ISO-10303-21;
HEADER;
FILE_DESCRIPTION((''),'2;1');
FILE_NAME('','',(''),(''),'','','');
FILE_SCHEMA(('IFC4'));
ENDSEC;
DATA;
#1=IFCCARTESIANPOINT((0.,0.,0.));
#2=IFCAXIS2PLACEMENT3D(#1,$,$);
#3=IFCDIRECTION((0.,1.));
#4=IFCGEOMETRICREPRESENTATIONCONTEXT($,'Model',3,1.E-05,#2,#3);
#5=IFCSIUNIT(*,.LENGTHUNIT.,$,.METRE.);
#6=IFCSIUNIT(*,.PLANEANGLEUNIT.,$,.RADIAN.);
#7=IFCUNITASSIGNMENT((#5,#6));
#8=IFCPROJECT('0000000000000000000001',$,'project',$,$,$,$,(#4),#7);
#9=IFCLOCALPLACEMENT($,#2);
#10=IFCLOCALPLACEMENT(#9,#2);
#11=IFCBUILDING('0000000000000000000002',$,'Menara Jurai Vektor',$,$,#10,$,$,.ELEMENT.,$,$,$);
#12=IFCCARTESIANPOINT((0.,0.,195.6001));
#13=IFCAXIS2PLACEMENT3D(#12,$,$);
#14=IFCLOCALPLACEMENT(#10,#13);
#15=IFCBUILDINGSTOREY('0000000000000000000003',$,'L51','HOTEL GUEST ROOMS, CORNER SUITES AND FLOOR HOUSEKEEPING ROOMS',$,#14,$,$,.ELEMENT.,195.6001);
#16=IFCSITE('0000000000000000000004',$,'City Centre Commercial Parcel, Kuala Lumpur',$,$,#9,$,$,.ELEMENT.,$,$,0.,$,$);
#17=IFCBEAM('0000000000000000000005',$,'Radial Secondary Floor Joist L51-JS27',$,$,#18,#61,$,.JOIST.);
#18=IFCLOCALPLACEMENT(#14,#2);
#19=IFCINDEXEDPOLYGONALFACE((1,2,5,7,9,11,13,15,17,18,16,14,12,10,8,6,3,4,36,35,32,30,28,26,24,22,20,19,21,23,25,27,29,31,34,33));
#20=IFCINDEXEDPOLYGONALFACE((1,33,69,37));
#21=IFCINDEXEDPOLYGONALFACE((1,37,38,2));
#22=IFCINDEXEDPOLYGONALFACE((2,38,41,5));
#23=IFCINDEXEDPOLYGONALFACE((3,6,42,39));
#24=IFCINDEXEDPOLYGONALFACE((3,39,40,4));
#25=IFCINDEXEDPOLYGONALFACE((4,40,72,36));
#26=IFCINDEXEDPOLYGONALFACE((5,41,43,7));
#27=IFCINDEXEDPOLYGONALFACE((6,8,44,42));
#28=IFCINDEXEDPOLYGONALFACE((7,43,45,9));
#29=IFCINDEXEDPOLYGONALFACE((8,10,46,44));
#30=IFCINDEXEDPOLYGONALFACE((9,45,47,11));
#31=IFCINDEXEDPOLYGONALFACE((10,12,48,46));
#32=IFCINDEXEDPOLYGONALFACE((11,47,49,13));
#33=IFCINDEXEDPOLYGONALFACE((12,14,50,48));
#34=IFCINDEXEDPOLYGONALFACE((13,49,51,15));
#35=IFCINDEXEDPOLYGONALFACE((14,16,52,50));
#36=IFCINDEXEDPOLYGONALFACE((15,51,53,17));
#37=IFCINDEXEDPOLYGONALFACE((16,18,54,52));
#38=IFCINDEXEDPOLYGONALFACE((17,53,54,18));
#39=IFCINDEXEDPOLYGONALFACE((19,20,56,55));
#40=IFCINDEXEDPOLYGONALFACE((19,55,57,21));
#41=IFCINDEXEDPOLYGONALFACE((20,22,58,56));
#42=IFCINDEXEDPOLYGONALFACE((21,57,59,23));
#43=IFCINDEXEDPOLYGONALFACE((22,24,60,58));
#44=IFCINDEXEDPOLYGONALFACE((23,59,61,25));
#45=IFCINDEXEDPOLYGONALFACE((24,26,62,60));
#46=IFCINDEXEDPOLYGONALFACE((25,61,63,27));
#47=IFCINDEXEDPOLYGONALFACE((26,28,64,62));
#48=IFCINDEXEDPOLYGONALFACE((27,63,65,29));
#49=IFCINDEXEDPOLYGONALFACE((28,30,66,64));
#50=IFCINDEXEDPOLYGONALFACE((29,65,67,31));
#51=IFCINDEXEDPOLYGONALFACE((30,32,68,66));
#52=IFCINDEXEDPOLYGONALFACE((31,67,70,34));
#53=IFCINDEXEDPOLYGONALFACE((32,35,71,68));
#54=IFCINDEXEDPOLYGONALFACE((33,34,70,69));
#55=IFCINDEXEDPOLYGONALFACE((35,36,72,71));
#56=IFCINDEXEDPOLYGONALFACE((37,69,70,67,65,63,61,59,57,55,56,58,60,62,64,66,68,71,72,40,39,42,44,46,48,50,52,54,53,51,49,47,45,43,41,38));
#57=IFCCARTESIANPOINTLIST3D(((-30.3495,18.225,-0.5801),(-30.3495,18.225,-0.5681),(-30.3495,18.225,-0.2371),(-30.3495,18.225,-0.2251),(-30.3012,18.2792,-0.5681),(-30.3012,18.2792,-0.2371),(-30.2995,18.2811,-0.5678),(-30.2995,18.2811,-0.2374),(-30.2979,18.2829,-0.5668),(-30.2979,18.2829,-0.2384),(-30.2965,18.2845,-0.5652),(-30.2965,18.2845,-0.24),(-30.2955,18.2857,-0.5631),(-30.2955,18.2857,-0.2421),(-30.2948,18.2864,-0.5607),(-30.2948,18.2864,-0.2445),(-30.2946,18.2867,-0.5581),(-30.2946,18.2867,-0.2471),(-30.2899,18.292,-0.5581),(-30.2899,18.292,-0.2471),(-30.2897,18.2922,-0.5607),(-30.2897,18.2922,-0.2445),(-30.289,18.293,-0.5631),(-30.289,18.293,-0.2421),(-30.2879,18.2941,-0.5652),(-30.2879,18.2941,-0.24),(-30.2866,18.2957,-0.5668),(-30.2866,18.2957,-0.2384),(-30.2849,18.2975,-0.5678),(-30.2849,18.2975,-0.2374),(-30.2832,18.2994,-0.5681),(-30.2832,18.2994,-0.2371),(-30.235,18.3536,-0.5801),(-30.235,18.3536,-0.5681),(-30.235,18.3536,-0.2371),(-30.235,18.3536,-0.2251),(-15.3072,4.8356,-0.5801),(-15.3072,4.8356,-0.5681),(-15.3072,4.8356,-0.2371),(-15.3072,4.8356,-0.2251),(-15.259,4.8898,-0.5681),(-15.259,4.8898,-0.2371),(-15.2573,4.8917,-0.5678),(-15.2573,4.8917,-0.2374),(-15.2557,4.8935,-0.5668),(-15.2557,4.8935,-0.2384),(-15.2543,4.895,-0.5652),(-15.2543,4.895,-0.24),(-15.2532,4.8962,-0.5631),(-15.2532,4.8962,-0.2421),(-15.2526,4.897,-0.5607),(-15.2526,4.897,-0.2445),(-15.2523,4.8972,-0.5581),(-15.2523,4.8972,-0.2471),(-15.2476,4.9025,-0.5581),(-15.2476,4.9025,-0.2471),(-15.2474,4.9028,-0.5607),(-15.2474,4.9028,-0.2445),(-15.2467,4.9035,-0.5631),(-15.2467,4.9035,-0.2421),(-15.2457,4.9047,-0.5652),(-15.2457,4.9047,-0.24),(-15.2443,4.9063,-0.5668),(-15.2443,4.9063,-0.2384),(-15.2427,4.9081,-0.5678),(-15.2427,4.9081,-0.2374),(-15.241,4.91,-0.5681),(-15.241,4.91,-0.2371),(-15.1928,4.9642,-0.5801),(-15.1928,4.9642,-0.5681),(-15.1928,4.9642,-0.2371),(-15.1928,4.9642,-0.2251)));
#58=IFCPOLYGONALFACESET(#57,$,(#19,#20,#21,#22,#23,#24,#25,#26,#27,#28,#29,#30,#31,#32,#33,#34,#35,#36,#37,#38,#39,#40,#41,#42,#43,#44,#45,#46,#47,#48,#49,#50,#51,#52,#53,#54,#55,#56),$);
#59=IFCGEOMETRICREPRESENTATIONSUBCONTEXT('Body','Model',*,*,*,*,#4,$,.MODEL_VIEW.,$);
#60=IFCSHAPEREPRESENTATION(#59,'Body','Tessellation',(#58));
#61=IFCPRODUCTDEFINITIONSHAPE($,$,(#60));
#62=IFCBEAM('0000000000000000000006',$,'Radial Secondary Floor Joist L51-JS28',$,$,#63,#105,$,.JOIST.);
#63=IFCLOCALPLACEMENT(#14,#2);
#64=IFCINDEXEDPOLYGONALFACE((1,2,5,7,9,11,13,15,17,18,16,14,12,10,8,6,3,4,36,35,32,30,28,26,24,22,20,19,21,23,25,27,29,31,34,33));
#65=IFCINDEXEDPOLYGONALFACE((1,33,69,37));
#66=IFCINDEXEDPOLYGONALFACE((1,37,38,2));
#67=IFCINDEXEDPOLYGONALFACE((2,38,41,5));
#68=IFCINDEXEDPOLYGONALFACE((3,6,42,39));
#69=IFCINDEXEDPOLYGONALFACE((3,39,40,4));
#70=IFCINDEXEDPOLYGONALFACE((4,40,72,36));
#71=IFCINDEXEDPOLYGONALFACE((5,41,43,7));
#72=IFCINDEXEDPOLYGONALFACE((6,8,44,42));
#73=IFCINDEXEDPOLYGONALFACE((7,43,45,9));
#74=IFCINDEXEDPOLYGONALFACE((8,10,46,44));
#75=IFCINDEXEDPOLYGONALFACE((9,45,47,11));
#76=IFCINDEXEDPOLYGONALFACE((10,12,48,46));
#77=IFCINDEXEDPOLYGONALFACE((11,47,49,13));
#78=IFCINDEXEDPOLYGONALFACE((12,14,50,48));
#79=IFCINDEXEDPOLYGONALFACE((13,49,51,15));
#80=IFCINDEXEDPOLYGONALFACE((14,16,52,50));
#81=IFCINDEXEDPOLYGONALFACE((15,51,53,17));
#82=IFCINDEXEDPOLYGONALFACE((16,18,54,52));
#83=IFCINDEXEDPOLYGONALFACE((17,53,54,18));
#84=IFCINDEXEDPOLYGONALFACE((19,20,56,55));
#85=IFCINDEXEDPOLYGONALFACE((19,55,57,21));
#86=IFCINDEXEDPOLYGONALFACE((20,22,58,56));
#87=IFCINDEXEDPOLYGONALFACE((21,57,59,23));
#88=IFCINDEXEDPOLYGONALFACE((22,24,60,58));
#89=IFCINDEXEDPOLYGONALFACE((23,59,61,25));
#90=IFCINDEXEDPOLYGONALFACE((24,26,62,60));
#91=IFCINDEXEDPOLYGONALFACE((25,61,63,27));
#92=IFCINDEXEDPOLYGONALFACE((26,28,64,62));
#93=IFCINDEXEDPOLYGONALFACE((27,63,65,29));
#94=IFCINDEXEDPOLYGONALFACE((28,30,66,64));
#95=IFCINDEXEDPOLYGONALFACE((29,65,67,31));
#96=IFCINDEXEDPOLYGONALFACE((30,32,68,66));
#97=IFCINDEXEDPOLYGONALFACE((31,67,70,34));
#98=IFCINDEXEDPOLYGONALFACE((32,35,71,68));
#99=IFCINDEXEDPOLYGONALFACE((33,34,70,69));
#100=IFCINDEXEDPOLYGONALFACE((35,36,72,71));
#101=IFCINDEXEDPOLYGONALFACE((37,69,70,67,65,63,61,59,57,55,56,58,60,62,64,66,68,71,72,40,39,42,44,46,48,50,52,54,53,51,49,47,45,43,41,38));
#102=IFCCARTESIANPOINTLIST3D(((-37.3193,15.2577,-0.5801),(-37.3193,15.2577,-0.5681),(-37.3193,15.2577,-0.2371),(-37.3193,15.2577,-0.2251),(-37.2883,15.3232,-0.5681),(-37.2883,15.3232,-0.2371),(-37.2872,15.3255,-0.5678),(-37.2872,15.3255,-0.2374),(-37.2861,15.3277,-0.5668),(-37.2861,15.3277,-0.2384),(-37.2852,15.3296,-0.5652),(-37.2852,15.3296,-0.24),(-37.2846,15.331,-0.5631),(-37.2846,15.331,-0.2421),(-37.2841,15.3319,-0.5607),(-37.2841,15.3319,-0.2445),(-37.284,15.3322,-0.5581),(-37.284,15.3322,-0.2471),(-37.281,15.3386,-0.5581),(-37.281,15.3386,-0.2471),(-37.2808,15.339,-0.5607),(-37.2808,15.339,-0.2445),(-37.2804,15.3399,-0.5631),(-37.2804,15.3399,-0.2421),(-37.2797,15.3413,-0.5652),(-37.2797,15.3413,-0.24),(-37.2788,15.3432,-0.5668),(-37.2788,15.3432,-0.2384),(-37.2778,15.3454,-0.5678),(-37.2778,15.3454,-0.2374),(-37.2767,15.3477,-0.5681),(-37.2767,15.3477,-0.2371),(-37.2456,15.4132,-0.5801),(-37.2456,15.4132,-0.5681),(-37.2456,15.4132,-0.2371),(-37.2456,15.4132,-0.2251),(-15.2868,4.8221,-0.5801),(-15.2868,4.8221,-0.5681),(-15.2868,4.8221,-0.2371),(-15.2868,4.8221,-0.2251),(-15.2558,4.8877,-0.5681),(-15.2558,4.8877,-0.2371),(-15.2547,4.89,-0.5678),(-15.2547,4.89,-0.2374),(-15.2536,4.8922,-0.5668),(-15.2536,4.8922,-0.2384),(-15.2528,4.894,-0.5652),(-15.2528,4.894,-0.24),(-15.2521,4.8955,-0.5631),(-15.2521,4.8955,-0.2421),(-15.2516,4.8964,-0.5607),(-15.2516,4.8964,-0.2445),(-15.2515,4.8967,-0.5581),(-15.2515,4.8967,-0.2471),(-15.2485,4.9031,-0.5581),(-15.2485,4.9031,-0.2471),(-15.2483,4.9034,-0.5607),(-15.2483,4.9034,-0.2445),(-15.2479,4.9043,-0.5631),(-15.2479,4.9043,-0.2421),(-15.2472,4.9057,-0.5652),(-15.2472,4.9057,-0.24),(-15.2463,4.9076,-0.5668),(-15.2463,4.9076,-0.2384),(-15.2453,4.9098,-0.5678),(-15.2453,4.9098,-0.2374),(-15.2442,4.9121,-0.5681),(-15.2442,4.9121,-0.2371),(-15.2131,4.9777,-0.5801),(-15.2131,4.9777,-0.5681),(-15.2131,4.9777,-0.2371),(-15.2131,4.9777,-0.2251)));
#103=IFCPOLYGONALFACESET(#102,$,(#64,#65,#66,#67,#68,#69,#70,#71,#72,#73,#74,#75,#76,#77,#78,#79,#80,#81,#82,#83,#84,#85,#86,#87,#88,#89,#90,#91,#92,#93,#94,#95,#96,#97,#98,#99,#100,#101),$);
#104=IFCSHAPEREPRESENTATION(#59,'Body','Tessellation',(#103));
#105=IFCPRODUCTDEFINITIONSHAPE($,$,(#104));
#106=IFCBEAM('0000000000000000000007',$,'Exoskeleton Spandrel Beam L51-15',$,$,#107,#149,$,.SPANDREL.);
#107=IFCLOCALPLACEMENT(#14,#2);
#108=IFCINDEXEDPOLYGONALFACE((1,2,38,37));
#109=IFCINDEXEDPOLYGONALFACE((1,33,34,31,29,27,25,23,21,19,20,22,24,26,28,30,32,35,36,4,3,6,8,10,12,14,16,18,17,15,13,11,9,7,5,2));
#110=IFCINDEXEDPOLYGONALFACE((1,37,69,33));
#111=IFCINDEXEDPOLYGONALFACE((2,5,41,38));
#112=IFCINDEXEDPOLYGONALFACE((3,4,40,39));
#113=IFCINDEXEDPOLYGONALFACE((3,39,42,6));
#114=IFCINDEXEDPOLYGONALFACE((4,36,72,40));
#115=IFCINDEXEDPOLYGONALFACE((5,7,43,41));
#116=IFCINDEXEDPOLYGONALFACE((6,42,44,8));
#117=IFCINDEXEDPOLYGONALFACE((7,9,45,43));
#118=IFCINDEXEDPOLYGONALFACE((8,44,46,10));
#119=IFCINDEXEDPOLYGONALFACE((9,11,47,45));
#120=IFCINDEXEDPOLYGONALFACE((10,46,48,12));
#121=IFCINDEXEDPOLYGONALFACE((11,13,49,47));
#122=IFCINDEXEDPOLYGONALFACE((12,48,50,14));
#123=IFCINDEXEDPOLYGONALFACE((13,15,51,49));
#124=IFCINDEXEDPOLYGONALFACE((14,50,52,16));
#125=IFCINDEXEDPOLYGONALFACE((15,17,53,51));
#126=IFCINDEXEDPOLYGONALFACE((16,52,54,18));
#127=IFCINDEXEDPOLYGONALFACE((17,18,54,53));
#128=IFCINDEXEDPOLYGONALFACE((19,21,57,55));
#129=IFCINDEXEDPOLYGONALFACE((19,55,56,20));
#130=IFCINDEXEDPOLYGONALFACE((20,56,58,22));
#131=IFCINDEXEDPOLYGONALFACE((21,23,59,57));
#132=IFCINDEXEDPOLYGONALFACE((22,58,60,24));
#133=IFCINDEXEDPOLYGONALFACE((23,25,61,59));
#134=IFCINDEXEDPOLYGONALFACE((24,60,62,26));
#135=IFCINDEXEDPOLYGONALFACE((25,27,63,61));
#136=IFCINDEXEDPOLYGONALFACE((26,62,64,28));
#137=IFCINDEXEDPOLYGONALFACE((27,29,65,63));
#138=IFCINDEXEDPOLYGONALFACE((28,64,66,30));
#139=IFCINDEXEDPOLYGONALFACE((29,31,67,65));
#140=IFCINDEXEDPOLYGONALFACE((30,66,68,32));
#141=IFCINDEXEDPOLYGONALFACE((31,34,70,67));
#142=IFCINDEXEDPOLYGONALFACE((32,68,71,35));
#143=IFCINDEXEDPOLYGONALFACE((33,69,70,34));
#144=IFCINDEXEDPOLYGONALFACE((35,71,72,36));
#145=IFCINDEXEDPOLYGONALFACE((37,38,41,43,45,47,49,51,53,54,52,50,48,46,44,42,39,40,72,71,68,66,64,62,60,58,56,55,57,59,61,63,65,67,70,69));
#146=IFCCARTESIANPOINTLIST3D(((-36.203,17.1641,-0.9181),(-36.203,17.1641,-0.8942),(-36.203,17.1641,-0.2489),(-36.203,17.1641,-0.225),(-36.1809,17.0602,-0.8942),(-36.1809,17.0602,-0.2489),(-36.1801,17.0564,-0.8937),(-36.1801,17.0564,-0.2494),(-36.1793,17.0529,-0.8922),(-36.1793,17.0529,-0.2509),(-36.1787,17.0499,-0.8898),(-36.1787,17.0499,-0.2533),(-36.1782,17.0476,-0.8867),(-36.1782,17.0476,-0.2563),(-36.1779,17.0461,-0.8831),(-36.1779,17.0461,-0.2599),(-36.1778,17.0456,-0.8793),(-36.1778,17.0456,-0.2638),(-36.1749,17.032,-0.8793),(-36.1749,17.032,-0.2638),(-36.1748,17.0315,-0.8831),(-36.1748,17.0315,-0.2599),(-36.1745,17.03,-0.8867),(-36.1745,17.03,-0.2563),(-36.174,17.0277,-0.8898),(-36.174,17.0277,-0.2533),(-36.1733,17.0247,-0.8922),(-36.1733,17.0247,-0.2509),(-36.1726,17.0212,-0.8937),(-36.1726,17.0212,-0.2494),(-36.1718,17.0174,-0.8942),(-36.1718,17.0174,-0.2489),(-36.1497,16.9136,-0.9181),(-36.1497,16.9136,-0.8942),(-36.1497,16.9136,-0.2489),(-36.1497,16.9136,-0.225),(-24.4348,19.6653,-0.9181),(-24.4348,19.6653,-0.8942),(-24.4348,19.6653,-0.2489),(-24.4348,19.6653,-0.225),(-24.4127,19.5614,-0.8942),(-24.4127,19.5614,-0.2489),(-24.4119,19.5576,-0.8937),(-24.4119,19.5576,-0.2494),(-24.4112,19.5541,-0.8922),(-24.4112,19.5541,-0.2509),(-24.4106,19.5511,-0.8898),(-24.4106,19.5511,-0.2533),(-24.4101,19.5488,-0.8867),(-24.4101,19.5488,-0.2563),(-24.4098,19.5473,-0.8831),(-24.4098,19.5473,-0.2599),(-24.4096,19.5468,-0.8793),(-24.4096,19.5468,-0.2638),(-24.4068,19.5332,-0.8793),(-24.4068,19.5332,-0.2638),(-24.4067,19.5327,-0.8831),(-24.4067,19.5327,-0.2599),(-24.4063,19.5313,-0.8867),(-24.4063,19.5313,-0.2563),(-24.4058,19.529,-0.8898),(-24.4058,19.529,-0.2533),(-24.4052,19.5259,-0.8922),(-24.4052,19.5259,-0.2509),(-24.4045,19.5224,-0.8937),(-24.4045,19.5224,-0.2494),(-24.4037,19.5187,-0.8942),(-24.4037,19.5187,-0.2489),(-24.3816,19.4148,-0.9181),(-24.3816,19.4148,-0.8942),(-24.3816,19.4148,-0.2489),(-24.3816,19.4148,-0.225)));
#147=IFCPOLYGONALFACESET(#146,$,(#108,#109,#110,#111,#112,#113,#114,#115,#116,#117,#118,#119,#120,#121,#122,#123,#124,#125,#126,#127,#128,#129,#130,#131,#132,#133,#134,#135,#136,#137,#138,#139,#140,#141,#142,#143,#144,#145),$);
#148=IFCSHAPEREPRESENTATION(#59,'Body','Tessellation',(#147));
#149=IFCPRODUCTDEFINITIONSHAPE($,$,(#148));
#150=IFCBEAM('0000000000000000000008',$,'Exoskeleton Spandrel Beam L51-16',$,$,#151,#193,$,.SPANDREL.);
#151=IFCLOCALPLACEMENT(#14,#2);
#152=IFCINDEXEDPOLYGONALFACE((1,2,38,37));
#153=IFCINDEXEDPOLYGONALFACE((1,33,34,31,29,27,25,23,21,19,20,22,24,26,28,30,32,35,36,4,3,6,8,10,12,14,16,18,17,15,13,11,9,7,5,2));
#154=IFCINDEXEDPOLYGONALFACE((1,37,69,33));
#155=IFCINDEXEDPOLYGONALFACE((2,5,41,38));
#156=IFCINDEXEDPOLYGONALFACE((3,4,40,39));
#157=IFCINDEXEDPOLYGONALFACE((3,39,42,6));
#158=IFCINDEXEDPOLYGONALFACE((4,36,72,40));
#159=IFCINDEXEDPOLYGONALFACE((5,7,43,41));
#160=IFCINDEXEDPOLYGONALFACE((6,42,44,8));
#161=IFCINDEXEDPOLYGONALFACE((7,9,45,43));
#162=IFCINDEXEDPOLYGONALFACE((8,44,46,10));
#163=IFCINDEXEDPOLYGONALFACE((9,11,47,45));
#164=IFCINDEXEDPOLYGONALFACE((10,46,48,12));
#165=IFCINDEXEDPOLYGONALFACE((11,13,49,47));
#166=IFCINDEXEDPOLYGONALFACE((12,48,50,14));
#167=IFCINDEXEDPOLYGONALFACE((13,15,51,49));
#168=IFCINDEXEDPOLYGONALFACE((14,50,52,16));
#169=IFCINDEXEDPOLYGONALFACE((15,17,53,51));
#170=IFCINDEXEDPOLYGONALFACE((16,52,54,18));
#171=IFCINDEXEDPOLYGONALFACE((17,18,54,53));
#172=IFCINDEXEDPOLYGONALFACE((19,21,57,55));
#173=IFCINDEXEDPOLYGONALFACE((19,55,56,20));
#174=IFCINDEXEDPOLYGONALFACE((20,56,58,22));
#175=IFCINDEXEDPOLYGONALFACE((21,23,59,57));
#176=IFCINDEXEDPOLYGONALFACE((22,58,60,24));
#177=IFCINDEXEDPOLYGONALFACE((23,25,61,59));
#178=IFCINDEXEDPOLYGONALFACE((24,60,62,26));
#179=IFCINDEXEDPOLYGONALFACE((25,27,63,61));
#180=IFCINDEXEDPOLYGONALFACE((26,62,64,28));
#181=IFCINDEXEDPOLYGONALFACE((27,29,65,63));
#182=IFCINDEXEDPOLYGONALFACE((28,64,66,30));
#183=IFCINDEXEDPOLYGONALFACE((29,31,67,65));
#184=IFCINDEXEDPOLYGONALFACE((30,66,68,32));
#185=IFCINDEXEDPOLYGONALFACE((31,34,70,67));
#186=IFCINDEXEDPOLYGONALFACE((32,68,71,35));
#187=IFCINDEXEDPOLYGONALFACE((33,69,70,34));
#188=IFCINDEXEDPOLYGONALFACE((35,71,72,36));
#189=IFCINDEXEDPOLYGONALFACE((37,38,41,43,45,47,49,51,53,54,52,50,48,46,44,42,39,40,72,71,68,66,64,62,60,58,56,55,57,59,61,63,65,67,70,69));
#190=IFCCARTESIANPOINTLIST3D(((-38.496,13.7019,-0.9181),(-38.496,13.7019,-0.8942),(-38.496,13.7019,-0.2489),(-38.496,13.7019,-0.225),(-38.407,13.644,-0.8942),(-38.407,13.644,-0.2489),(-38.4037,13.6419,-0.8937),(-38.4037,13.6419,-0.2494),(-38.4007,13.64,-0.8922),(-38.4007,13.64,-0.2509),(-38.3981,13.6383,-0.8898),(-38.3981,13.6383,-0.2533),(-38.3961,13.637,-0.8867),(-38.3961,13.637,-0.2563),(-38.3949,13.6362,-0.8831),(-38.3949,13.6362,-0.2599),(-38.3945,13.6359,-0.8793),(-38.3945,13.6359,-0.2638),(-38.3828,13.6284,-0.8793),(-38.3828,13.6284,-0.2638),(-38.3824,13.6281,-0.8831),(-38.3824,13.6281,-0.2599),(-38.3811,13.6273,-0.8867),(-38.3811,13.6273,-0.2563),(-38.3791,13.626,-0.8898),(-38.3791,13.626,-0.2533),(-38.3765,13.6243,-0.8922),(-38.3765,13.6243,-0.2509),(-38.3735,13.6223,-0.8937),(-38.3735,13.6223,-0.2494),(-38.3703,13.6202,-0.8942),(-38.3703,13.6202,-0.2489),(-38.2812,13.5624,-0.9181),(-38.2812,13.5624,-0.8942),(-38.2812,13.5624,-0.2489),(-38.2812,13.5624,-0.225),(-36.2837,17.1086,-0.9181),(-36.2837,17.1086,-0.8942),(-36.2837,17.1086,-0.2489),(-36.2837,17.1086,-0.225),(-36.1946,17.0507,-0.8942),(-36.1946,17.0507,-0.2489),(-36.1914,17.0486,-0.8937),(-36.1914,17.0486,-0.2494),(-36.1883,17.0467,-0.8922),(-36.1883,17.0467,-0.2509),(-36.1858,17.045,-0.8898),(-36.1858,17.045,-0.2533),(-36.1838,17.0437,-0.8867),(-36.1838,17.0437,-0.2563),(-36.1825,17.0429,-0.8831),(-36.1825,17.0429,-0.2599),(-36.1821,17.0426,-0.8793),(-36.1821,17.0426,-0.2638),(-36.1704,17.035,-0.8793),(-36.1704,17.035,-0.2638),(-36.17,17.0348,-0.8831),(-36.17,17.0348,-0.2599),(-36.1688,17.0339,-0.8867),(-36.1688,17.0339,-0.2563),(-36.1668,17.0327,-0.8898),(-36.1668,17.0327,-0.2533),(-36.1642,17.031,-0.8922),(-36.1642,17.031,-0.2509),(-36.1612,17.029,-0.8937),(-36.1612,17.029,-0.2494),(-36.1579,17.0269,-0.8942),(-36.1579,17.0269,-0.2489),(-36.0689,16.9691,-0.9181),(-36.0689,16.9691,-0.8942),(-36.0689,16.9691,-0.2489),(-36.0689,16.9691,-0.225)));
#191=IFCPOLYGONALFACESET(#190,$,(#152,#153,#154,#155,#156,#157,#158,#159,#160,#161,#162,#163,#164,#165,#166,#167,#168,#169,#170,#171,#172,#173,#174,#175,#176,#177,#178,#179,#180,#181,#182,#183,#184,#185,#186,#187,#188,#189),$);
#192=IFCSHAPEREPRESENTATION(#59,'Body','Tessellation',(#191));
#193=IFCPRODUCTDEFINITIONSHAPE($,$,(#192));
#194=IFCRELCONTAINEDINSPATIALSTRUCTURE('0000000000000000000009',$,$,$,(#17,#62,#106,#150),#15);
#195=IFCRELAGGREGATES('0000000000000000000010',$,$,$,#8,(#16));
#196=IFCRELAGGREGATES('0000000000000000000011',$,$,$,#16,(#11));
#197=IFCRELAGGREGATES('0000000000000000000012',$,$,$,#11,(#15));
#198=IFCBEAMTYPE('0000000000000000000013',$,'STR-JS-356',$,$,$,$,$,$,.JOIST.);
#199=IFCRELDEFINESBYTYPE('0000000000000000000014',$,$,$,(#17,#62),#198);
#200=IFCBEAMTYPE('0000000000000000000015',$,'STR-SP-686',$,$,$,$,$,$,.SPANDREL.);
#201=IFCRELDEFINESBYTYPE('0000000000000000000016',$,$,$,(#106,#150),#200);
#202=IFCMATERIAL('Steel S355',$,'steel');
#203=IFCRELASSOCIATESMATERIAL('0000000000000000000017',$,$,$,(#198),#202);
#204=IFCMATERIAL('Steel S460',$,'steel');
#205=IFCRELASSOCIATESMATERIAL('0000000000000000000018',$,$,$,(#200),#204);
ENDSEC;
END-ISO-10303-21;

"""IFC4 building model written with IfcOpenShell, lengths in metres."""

from ifc_helpers import new_model, si_unit, direction, frame, origin, origin_2d, place, context, subcontext, project, spatial, i_section, extrude, material, material_profile, profile_set, type_object, element, save


model = new_model("IFC4")

# Units and contexts
model_context = context("Model", 3, precision=1e-05, world=origin(), true_north=direction((0.0, 1.0)))
body_context = subcontext(model_context, "Body", "Model", "MODEL_VIEW")
ifc_project = project(units=[si_unit("LENGTHUNIT", "METRE"), si_unit("PLANEANGLEUNIT", "RADIAN")], contexts=[model_context])

# Site, building, storey
site_placement = place(None, origin())
site = spatial("IfcSite", under=ifc_project, at=site_placement, Name="City Centre Commercial Parcel, Kuala Lumpur", CompositionType="ELEMENT", RefElevation=0.0)
building_placement = place(site_placement, origin())
building = spatial("IfcBuilding", under=site, at=building_placement, Name="Menara Jurai Vektor", CompositionType="ELEMENT")
storey_placement = place(building_placement, frame((0.0, 0.0, 195.6001)))
storey = spatial("IfcBuildingStorey", under=building, at=storey_placement, Name="L51", Description="HOTEL GUEST ROOMS, CORNER SUITES AND FLOOR HOUSEKEEPING ROOMS", CompositionType="ELEMENT", Elevation=195.6001)

# Shared definitions
ifc_material_1 = material(Name="Steel S460", Category="steel")

# Shared definitions
ifc_material_2 = material(Name="Steel S355", Category="steel")

# Beams
ifc_material_profile_1 = material_profile(ifc_material_2, i_section(OverallWidth=0.1721, OverallDepth=0.355, WebThickness=0.0071, FlangeThickness=0.012, FilletRadius=0.01, at=origin_2d()), Name="UKB 356x171x51")
ifc_profile_set_1 = profile_set([ifc_material_profile_1], Name="Steel S355")
beam_type_1 = type_object("IfcBeamType", Name="STR-JS-356", PredefinedType="JOIST", material=ifc_profile_set_1)
beam_1_placement = place(storey_placement, frame((-30.2922, 18.2893, -0.4026), z_axis=(0.746952, -0.664878, 0.0), x_axis=(0.664878, 0.746952, 0.0)))
element("IfcBeam", 1, at=beam_1_placement, inside=storey, type_object=beam_type_1, Name="Radial Secondary Floor Joist L51-JS27", PredefinedType="JOIST", context=body_context, shape_type="SweptSolid", body=[
    extrude(i_section(OverallWidth=0.1721, OverallDepth=0.355, WebThickness=0.0071, FlangeThickness=0.012, FilletRadius=0.01, at=origin_2d()), origin(), (0.0, 0.0, 1.0), 20.1382),
])
beam_2_placement = place(storey_placement, frame((-37.2825, 15.3354, -0.4026), z_axis=(0.903752, -0.428057, 0.0), x_axis=(0.428057, 0.903752, 0.0)))
element("IfcBeam", 2, at=beam_2_placement, inside=storey, type_object=beam_type_1, Name="Radial Secondary Floor Joist L51-JS28", PredefinedType="JOIST", context=body_context, shape_type="SweptSolid", body=[
    extrude(i_section(OverallWidth=0.1721, OverallDepth=0.355, WebThickness=0.0071, FlangeThickness=0.012, FilletRadius=0.01, at=origin_2d()), origin(), (0.0, 0.0, 1.0), 24.3789),
])
ifc_material_profile_2 = material_profile(ifc_material_1, i_section(OverallWidth=0.2561, OverallDepth=0.6931, WebThickness=0.0139, FlangeThickness=0.0239, FilletRadius=0.0149, at=origin_2d()), Name="UKB 686x254x170")
ifc_profile_set_2 = profile_set([ifc_material_profile_2], Name="Steel S460")
beam_type_2 = type_object("IfcBeamType", Name="STR-SP-686", PredefinedType="SPANDREL", material=ifc_profile_set_2)
beam_3_placement = place(storey_placement, frame((-24.4082, 19.54, -0.5715), z_axis=(-0.97815, -0.207899, 0.0), x_axis=(0.207899, -0.97815, 0.0)))
element("IfcBeam", 3, at=beam_3_placement, inside=storey, type_object=beam_type_2, Name="Exoskeleton Spandrel Beam L51-15", PredefinedType="SPANDREL", context=body_context, shape_type="SweptSolid", body=[
    extrude(i_section(OverallWidth=0.2561, OverallDepth=0.6931, WebThickness=0.0139, FlangeThickness=0.0239, FilletRadius=0.0149, at=origin_2d()), origin(), (0.0, 0.0, 1.0), 12.031),
])
beam_4_placement = place(storey_placement, frame((-36.1763, 17.0388, -0.5715), z_axis=(-0.544646, -0.838666, 0.0), x_axis=(0.838666, -0.544646, 0.0)))
element("IfcBeam", 4, at=beam_4_placement, inside=storey, type_object=beam_type_2, Name="Exoskeleton Spandrel Beam L51-16", PredefinedType="SPANDREL", context=body_context, shape_type="SweptSolid", body=[
    extrude(i_section(OverallWidth=0.2561, OverallDepth=0.6931, WebThickness=0.0139, FlangeThickness=0.0239, FilletRadius=0.0149, at=origin_2d()), origin(), (0.0, 0.0, 1.0), 4.062),
])

save(model, "model.ifc")
